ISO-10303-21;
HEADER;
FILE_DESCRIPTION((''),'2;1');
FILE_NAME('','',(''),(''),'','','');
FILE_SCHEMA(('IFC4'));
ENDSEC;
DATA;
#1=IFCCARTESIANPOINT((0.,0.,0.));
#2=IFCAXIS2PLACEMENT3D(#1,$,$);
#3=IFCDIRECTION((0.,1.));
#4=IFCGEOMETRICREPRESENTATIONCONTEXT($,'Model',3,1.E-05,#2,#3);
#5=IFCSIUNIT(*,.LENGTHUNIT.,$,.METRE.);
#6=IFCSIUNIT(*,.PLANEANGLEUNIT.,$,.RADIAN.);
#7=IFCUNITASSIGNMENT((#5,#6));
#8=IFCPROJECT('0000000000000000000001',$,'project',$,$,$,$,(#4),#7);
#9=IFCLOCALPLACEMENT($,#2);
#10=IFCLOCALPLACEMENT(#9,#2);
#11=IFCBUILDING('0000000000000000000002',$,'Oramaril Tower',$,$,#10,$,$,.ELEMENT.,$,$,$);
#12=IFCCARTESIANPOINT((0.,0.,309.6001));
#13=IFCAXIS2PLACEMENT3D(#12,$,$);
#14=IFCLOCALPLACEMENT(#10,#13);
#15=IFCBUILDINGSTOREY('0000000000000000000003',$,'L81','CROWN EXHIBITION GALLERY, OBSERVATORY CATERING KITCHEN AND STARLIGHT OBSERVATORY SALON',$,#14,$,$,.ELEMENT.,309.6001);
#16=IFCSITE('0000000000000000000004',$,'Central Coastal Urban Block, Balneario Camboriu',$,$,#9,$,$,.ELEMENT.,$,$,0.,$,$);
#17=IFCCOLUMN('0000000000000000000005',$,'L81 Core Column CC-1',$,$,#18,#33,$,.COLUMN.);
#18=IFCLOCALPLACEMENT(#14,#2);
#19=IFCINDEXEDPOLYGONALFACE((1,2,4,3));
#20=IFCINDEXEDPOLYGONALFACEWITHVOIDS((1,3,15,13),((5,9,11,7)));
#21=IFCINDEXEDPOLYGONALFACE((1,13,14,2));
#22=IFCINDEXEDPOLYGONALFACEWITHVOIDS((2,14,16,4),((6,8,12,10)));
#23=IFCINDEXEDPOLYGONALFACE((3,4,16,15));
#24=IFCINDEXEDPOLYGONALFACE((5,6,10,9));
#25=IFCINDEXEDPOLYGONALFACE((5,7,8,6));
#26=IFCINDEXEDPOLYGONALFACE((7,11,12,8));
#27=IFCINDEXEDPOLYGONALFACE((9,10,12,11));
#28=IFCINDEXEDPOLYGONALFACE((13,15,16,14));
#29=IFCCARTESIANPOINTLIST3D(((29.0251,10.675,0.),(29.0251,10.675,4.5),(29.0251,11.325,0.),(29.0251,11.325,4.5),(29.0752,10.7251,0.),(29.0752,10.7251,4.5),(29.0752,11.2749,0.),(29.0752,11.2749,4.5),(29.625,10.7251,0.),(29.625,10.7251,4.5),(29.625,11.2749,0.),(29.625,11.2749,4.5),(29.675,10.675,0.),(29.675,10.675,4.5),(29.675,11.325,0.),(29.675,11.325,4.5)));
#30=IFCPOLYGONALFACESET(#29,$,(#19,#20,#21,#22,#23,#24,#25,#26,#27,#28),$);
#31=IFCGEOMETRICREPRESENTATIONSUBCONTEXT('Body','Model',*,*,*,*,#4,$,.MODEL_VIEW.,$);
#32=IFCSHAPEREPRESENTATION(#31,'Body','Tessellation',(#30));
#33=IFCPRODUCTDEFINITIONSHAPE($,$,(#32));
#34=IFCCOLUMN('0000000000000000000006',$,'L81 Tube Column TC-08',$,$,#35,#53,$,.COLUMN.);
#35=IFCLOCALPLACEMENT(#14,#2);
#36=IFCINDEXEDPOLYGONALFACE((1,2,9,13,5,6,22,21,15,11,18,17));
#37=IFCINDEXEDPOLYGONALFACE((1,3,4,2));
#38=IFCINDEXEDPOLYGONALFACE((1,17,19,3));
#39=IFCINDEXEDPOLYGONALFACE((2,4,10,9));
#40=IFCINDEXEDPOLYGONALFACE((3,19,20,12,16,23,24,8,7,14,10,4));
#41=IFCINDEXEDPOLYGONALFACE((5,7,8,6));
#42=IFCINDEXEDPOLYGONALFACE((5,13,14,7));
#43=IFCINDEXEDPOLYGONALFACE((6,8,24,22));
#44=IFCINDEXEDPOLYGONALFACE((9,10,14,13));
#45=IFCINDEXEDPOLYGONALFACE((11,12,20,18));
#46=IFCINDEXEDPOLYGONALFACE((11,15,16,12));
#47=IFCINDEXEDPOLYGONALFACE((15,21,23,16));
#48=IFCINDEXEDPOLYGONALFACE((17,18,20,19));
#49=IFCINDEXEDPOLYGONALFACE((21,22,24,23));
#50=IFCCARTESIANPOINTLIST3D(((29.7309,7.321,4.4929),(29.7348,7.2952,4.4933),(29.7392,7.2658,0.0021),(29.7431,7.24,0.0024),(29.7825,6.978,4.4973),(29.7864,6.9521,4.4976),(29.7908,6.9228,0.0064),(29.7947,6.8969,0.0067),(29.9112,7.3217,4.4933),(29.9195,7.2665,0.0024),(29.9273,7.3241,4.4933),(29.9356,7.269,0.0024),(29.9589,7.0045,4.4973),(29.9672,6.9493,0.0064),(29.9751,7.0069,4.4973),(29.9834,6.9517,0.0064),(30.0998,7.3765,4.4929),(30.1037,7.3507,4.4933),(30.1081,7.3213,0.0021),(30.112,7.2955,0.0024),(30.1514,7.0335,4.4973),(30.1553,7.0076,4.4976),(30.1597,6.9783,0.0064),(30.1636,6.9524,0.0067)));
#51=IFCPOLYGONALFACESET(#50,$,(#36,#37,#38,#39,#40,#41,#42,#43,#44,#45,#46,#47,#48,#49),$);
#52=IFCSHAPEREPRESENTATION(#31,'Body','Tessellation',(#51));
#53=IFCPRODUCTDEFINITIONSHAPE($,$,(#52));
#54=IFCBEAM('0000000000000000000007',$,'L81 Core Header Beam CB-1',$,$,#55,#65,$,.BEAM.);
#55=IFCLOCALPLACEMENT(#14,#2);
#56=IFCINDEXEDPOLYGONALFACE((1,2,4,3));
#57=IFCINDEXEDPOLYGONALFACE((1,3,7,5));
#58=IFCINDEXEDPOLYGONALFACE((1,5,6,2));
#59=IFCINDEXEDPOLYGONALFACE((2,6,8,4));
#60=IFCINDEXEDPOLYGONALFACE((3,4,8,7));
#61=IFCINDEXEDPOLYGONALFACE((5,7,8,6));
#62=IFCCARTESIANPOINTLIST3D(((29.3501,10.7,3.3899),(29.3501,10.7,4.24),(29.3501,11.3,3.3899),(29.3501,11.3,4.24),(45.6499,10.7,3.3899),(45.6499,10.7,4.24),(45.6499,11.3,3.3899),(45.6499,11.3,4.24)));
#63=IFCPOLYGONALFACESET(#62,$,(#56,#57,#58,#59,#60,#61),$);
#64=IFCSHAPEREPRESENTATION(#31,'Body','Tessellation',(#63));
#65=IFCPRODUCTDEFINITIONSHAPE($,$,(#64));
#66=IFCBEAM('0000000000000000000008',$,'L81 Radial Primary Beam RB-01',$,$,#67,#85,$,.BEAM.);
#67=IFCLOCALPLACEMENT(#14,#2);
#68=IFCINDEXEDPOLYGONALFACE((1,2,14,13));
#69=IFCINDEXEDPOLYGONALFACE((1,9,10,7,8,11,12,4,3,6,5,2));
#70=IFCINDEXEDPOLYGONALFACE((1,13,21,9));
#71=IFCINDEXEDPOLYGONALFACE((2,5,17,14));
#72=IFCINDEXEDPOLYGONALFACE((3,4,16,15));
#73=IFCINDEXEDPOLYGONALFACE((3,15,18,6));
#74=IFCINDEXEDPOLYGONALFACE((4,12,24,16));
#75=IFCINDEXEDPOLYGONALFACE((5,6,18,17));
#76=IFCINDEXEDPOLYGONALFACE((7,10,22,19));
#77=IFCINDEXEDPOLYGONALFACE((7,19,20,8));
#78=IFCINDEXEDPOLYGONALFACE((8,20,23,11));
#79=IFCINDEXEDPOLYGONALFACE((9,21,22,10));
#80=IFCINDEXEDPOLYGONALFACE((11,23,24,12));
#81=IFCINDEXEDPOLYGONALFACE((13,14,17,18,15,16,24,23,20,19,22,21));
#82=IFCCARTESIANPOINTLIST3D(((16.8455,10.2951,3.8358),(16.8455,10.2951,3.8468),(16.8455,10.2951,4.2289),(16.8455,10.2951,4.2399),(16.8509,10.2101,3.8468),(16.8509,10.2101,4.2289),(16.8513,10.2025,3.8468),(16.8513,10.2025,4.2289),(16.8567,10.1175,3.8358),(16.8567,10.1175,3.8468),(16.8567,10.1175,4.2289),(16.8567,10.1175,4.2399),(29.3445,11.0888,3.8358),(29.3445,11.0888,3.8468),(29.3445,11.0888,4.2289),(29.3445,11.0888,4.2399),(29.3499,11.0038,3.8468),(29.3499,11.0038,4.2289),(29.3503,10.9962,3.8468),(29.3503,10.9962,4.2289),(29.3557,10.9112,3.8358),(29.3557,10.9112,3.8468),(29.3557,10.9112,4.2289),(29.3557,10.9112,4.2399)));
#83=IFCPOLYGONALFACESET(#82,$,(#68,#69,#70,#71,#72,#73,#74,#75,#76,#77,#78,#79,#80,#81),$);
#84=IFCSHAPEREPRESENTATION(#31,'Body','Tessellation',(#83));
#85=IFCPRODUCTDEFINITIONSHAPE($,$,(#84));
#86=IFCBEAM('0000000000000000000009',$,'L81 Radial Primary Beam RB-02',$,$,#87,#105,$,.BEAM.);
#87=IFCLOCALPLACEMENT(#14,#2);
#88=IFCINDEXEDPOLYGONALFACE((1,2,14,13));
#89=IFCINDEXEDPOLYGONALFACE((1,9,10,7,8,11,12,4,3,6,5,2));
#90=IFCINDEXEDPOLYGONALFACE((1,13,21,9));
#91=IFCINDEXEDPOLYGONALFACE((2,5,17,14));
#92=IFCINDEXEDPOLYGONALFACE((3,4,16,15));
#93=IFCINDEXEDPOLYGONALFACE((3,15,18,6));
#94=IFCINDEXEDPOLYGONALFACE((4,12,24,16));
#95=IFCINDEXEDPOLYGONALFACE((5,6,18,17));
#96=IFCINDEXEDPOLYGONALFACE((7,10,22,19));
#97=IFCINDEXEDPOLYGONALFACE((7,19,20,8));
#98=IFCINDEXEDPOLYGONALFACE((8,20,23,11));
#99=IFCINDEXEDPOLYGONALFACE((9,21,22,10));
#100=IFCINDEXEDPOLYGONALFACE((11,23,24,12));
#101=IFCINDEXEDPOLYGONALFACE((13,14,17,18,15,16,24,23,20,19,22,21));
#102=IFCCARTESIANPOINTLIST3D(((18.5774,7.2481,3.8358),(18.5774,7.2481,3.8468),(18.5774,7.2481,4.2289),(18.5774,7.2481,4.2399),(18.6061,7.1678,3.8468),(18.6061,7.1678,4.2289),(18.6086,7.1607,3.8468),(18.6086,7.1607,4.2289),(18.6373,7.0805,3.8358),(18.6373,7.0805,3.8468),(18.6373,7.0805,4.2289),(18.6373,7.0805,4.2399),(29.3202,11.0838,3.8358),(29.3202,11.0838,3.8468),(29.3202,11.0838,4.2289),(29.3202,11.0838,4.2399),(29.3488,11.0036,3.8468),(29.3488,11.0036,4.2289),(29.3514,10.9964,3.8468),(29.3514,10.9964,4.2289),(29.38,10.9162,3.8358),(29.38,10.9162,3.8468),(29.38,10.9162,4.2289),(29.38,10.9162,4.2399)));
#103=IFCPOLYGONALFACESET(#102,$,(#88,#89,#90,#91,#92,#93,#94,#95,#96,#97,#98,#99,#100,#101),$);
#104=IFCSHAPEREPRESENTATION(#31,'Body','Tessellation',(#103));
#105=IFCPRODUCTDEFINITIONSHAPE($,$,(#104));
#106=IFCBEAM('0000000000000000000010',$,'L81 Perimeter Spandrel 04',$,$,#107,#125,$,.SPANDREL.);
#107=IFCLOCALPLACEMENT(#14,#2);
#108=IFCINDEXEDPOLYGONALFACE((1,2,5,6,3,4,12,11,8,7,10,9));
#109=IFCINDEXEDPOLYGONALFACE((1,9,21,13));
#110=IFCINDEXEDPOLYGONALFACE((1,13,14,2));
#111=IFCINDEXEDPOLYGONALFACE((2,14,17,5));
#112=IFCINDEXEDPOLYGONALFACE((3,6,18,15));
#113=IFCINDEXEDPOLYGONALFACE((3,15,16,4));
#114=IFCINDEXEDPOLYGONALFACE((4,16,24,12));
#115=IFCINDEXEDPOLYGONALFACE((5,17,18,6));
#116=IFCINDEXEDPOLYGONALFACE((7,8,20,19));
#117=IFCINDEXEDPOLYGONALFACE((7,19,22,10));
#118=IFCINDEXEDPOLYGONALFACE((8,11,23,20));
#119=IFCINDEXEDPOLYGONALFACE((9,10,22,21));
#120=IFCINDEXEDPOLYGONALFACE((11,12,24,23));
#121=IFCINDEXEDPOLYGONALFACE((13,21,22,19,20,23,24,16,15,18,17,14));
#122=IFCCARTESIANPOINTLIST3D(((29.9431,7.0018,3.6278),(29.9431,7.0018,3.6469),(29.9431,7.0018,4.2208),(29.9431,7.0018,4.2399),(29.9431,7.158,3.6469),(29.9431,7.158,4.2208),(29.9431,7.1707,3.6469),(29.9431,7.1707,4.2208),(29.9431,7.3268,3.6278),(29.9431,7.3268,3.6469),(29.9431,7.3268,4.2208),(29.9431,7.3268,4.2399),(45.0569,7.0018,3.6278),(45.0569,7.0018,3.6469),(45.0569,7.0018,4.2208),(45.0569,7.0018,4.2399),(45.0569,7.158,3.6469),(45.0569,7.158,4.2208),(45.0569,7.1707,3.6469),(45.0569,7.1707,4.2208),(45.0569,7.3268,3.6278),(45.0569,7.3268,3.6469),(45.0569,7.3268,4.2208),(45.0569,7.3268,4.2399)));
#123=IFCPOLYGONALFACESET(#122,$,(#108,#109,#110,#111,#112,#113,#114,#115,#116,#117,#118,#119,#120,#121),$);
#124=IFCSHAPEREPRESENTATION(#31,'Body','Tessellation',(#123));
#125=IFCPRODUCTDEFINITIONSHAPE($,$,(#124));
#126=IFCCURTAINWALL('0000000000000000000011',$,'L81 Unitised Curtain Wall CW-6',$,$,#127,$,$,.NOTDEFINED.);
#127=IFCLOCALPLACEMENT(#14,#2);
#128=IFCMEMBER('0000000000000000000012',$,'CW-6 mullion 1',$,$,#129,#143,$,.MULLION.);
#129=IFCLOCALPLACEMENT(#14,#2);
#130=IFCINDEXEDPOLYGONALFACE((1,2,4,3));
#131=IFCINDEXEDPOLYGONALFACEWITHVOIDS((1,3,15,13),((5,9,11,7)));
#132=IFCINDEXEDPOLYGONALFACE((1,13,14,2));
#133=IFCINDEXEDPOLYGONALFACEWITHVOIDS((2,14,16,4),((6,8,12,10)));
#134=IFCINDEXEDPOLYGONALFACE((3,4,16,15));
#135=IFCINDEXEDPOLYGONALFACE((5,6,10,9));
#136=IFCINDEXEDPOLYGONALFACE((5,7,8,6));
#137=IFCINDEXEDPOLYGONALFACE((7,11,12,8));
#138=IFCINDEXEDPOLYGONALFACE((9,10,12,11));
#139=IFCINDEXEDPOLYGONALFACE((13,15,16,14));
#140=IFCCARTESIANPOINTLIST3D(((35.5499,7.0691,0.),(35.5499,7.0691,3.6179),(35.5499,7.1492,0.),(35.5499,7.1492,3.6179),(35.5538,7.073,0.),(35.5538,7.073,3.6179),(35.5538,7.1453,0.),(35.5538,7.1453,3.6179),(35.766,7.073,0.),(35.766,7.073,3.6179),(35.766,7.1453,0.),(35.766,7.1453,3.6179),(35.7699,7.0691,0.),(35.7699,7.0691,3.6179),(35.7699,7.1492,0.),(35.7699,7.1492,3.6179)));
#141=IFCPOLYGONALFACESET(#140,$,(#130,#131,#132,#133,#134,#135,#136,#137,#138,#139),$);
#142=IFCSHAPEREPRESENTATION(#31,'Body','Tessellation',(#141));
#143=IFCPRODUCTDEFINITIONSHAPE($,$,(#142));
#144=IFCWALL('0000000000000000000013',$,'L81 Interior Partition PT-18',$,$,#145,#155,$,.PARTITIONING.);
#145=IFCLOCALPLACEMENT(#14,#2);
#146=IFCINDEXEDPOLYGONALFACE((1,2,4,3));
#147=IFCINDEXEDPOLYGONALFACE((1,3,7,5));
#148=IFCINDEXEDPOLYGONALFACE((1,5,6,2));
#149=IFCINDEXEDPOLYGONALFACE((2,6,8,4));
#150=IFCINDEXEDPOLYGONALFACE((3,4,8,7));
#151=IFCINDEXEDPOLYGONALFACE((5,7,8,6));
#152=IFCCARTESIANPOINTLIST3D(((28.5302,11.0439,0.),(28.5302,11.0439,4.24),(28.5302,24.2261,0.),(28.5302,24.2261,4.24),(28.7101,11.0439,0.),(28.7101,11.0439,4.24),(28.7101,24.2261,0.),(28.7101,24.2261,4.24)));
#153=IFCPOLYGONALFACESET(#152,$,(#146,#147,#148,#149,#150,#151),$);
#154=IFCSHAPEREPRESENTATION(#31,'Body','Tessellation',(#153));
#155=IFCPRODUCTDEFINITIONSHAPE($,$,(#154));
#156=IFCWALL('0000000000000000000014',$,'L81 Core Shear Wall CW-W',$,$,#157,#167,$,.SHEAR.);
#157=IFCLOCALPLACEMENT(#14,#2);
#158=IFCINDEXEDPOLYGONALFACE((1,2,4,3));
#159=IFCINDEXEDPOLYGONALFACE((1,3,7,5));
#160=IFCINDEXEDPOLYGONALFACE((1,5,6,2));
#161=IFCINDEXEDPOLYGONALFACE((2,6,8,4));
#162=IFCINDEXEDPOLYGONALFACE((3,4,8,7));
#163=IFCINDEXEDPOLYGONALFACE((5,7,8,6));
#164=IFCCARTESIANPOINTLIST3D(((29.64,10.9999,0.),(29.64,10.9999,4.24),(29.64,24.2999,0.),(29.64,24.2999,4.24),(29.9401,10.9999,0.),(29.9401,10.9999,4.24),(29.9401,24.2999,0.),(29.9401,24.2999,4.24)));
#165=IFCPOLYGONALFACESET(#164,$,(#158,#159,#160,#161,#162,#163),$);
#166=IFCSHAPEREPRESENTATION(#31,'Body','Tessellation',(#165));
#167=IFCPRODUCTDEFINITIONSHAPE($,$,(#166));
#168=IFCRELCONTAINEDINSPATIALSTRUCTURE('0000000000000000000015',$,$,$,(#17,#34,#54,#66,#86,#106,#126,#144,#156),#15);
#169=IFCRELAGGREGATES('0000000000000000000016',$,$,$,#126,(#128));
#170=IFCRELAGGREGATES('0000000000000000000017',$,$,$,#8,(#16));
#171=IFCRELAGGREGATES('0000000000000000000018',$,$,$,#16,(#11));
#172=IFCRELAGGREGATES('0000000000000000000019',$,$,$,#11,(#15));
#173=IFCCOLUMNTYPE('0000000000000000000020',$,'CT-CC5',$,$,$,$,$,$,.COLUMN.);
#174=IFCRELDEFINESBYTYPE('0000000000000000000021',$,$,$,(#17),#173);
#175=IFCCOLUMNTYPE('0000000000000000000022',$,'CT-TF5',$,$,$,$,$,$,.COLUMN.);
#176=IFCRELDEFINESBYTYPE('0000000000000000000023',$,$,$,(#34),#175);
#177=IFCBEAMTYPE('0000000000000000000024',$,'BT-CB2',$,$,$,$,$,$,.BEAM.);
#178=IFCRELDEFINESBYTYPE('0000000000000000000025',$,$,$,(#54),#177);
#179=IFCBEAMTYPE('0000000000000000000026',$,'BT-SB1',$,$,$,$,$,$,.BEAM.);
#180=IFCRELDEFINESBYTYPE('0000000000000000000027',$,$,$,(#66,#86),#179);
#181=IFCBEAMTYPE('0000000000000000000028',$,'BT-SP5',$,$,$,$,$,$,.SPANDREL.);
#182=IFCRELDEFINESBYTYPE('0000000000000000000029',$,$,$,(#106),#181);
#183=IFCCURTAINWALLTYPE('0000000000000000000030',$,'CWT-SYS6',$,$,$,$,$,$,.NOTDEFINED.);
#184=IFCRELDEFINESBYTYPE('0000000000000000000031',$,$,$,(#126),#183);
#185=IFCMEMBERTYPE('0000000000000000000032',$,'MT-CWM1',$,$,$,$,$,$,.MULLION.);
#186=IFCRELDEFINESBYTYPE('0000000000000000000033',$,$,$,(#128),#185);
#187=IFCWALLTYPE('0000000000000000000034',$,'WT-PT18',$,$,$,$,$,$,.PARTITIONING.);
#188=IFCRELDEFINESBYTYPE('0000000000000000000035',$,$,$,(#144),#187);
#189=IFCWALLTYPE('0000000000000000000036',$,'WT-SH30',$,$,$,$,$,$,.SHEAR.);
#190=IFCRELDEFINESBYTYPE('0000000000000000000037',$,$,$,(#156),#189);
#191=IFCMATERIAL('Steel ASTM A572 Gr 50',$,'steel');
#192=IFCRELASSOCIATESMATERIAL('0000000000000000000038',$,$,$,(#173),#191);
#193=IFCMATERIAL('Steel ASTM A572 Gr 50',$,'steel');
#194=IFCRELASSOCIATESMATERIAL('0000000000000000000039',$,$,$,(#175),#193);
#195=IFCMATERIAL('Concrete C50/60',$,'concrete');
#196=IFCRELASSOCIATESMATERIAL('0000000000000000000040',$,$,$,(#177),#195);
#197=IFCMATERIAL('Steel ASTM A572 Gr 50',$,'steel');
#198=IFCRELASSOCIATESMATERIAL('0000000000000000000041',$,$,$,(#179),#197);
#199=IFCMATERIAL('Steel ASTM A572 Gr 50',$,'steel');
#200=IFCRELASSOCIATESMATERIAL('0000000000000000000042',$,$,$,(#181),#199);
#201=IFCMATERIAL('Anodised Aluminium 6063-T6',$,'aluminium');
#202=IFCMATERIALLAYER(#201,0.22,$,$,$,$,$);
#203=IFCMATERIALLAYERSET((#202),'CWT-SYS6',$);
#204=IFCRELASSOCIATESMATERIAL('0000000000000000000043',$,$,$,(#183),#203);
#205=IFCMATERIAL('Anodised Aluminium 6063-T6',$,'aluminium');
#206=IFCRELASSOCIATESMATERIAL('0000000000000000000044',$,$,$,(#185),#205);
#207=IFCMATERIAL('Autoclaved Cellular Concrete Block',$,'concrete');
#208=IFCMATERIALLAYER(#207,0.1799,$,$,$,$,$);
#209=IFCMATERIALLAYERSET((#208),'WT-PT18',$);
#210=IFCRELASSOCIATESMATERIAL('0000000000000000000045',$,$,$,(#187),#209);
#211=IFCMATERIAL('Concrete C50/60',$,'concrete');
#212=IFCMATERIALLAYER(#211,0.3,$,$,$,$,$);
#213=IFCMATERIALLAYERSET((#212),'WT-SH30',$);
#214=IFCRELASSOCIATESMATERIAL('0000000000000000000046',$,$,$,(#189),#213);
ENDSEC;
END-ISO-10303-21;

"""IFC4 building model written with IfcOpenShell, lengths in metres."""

from ifc_helpers import new_model, si_unit, direction, frame, frame_2d, origin, origin_2d, place, context, subcontext, project, spatial, rectangle, hollow_rectangle, i_section, extrude, material, layer, layer_set, material_profile, profile_set, type_object, element, aggregate, save


model = new_model("IFC4")

# Units and contexts
model_context = context("Model", 3, precision=1e-05, world=origin(), true_north=direction((0.0, 1.0)))
body_context = subcontext(model_context, "Body", "Model", "MODEL_VIEW")
ifc_project = project(units=[si_unit("LENGTHUNIT", "METRE"), si_unit("PLANEANGLEUNIT", "RADIAN")], contexts=[model_context])

# Site, building, storey
site_placement = place(None, origin())
site = spatial("IfcSite", under=ifc_project, at=site_placement, Name="Central Coastal Urban Block, Balneario Camboriu", CompositionType="ELEMENT", RefElevation=0.0)
building_placement = place(site_placement, origin())
building = spatial("IfcBuilding", under=site, at=building_placement, Name="Oramaril Tower", CompositionType="ELEMENT")
storey_placement = place(building_placement, frame((0.0, 0.0, 309.6001)))
storey = spatial("IfcBuildingStorey", under=building, at=storey_placement, Name="L81", Description="CROWN EXHIBITION GALLERY, OBSERVATORY CATERING KITCHEN AND STARLIGHT OBSERVATORY SALON", CompositionType="ELEMENT", Elevation=309.6001)

# Columns
ifc_material_1 = material(Name="Steel ASTM A572 Gr 50", Category="steel")
ifc_material_profile_1 = material_profile(ifc_material_1, hollow_rectangle(XDim=0.6499, YDim=0.6499, WallThickness=0.05, at=origin_2d()), Name="BOX650X650X50")
ifc_profile_set_1 = profile_set([ifc_material_profile_1], Name="Steel ASTM A572 Gr 50")
column_type_1 = type_object("IfcColumnType", Name="CT-CC5", PredefinedType="COLUMN", material=ifc_profile_set_1)
column_1_placement = place(storey_placement, frame((29.3501, 11.0, 0.0), z_axis=(0.0, 0.0, 1.0), x_axis=(1.0, 0.0, 0.0)))
element("IfcColumn", 1, at=column_1_placement, inside=storey, type_object=column_type_1, Name="L81 Core Column CC-1", PredefinedType="COLUMN", context=body_context, shape_type="SweptSolid", body=[
    extrude(hollow_rectangle(XDim=0.6499, YDim=0.6499, WallThickness=0.05, at=origin_2d()), origin(), (0.0, 0.0, 1.0), 4.5),
])
ifc_material_2 = material(Name="Steel ASTM A572 Gr 50", Category="steel")
ifc_material_profile_2 = material_profile(ifc_material_2, i_section(OverallWidth=0.373, OverallDepth=0.373, WebThickness=0.0164, FlangeThickness=0.0261, at=origin_2d()), Name="W14X132")
ifc_profile_set_2 = profile_set([ifc_material_profile_2], Name="Steel ASTM A572 Gr 50")
column_type_2 = type_object("IfcColumnType", Name="CT-TF5", PredefinedType="COLUMN", material=ifc_profile_set_2)
column_2_placement = place(storey_placement, frame((29.9514, 7.1091, 0.0044), z_axis=(-0.001848, 0.012285, 0.999923), x_axis=(-0.988872, -0.148768, 0.0)))
element("IfcColumn", 2, at=column_2_placement, inside=storey, type_object=column_type_2, Name="L81 Tube Column TC-08", PredefinedType="COLUMN", context=body_context, shape_type="SweptSolid", body=[
    extrude(i_section(OverallWidth=0.373, OverallDepth=0.373, WebThickness=0.0164, FlangeThickness=0.0261, at=origin_2d()), origin(), (0.0, 0.0, 1.0), 4.4912),
])

# Beams
ifc_material_3 = material(Name="Concrete C50/60", Category="concrete")
ifc_material_profile_3 = material_profile(ifc_material_3, rectangle(XDim=0.6001, YDim=0.8501, at=origin_2d()), Name="CB600X850")
ifc_profile_set_3 = profile_set([ifc_material_profile_3], Name="Concrete C50/60")
beam_type_1 = type_object("IfcBeamType", Name="BT-CB2", PredefinedType="BEAM", material=ifc_profile_set_3)
beam_1_placement = place(storey_placement, frame((29.3501, 11.0, 3.8149), z_axis=(1.0, 0.0, 0.0), x_axis=(0.0, 1.0, 0.0)))
element("IfcBeam", 3, at=beam_1_placement, inside=storey, type_object=beam_type_1, Name="L81 Core Header Beam CB-1", PredefinedType="BEAM", context=body_context, shape_type="SweptSolid", body=[
    extrude(rectangle(XDim=0.6001, YDim=0.8501, at=origin_2d()), origin(), (0.0, 0.0, 1.0), 16.2998),
])
ifc_material_4 = material(Name="Steel ASTM A572 Gr 50", Category="steel")
ifc_material_profile_4 = material_profile(ifc_material_4, i_section(OverallWidth=0.178, OverallDepth=0.4041, WebThickness=0.0076, FlangeThickness=0.011, at=origin_2d()), Name="W16X36")
ifc_profile_set_4 = profile_set([ifc_material_profile_4], Name="Steel ASTM A572 Gr 50")
beam_type_2 = type_object("IfcBeamType", Name="BT-SB1", PredefinedType="BEAM", material=ifc_profile_set_4)
beam_2_placement = place(storey_placement, frame((29.3501, 11.0, 4.0378), z_axis=(-0.99799, -0.063373, 0.0), x_axis=(0.063373, -0.99799, 0.0)))
element("IfcBeam", 4, at=beam_2_placement, inside=storey, type_object=beam_type_2, Name="L81 Radial Primary Beam RB-01", PredefinedType="BEAM", context=body_context, shape_type="SweptSolid", body=[
    extrude(i_section(OverallWidth=0.178, OverallDepth=0.4041, WebThickness=0.0076, FlangeThickness=0.011, at=origin_2d()), origin(), (0.0, 0.0, 1.0), 12.5242),
])
beam_3_placement = place(storey_placement, frame((29.3501, 11.0, 4.0378), z_axis=(-0.941769, -0.33626, 0.0), x_axis=(0.33626, -0.941769, 0.0)))
element("IfcBeam", 5, at=beam_3_placement, inside=storey, type_object=beam_type_2, Name="L81 Radial Primary Beam RB-02", PredefinedType="BEAM", context=body_context, shape_type="SweptSolid", body=[
    extrude(i_section(OverallWidth=0.178, OverallDepth=0.4041, WebThickness=0.0076, FlangeThickness=0.011, at=origin_2d()), origin(), (0.0, 0.0, 1.0), 11.407),
])
ifc_material_5 = material(Name="Steel ASTM A572 Gr 50", Category="steel")
ifc_material_profile_5 = material_profile(ifc_material_5, i_section(OverallWidth=0.325, OverallDepth=0.6121, WebThickness=0.0127, FlangeThickness=0.019, at=origin_2d()), Name="W24X104")
ifc_profile_set_5 = profile_set([ifc_material_profile_5], Name="Steel ASTM A572 Gr 50")
beam_type_3 = type_object("IfcBeamType", Name="BT-SP5", PredefinedType="SPANDREL", material=ifc_profile_set_5)
beam_4_placement = place(storey_placement, frame((29.9431, 7.1643, 3.9338), z_axis=(1.0, 0.0, 0.0), x_axis=(0.0, 1.0, 0.0)))
element("IfcBeam", 6, at=beam_4_placement, inside=storey, type_object=beam_type_3, Name="L81 Perimeter Spandrel 04", PredefinedType="SPANDREL", context=body_context, shape_type="SweptSolid", body=[
    extrude(i_section(OverallWidth=0.325, OverallDepth=0.6121, WebThickness=0.0127, FlangeThickness=0.019, at=origin_2d()), origin(), (0.0, 0.0, 1.0), 15.1138),
])

# Curtain wall, member
ifc_material_6 = material(Name="Anodised Aluminium 6063-T6", Category="aluminium")
ifc_layer_1 = layer(ifc_material_6, 0.22)
ifc_layer_set_1 = layer_set([ifc_layer_1], Name="CWT-SYS6")
curtain_wall_type = type_object("IfcCurtainWallType", Name="CWT-SYS6", PredefinedType="NOTDEFINED", material=ifc_layer_set_1)
curtain_wall_placement = place(storey_placement, origin())
curtain_wall = element("IfcCurtainWall", 7, at=curtain_wall_placement, inside=storey, type_object=curtain_wall_type, Name="L81 Unitised Curtain Wall CW-6", PredefinedType="NOTDEFINED")
ifc_material_7 = material(Name="Anodised Aluminium 6063-T6", Category="aluminium")
ifc_material_profile_6 = material_profile(ifc_material_7, hollow_rectangle(XDim=0.0801, YDim=0.22, WallThickness=0.0039, at=origin_2d()), Name="CWM220X80")
ifc_profile_set_6 = profile_set([ifc_material_profile_6], Name="Anodised Aluminium 6063-T6")
member_type = type_object("IfcMemberType", Name="MT-CWM1", PredefinedType="MULLION", material=ifc_profile_set_6)
member_placement = place(storey_placement, frame((35.6599, 7.1091, 0.0), z_axis=(0.0, 0.0, 1.0), x_axis=(0.0, 1.0, 0.0)))
member = element("IfcMember", 8, at=member_placement, type_object=member_type, Name="CW-6 mullion 1", PredefinedType="MULLION", context=body_context, shape_type="SweptSolid", body=[
    extrude(hollow_rectangle(XDim=0.0801, YDim=0.22, WallThickness=0.0039, at=origin_2d()), origin(), (0.0, 0.0, 1.0), 3.6179),
])
aggregate(curtain_wall, [member])

# Walls
ifc_material_8 = material(Name="Autoclaved Cellular Concrete Block", Category="concrete")
ifc_layer_2 = layer(ifc_material_8, 0.1799)
ifc_layer_set_2 = layer_set([ifc_layer_2], Name="WT-PT18")
wall_type_1 = type_object("IfcWallType", Name="WT-PT18", PredefinedType="PARTITIONING", material=ifc_layer_set_2)
wall_1_placement = place(storey_placement, frame((28.6201, 11.0439, 0.0), z_axis=(0.0, 0.0, 1.0), x_axis=(0.0, 1.0, 0.0)))
element("IfcWall", 9, at=wall_1_placement, inside=storey, type_object=wall_type_1, Name="L81 Interior Partition PT-18", PredefinedType="PARTITIONING", context=body_context, shape_type="SweptSolid", body=[
    extrude(rectangle(XDim=13.1821, YDim=0.1799, at=frame_2d((6.5911, 0.0))), origin(), (0.0, 0.0, 1.0), 4.24),
])
ifc_material_9 = material(Name="Concrete C50/60", Category="concrete")
ifc_layer_3 = layer(ifc_material_9, 0.3)
ifc_layer_set_3 = layer_set([ifc_layer_3], Name="WT-SH30")
wall_type_2 = type_object("IfcWallType", Name="WT-SH30", PredefinedType="SHEAR", material=ifc_layer_set_3)
wall_2_placement = place(storey_placement, frame((29.79, 11.0, 0.0), z_axis=(0.0, 0.0, 1.0), x_axis=(0.0, 1.0, 0.0)))
element("IfcWall", 10, at=wall_2_placement, inside=storey, type_object=wall_type_2, Name="L81 Core Shear Wall CW-W", PredefinedType="SHEAR", context=body_context, shape_type="SweptSolid", body=[
    extrude(rectangle(XDim=13.3, YDim=0.3, at=frame_2d((6.6499, 0.0))), origin(), (0.0, 0.0, 1.0), 4.24),
])

save(model, "model.ifc")
